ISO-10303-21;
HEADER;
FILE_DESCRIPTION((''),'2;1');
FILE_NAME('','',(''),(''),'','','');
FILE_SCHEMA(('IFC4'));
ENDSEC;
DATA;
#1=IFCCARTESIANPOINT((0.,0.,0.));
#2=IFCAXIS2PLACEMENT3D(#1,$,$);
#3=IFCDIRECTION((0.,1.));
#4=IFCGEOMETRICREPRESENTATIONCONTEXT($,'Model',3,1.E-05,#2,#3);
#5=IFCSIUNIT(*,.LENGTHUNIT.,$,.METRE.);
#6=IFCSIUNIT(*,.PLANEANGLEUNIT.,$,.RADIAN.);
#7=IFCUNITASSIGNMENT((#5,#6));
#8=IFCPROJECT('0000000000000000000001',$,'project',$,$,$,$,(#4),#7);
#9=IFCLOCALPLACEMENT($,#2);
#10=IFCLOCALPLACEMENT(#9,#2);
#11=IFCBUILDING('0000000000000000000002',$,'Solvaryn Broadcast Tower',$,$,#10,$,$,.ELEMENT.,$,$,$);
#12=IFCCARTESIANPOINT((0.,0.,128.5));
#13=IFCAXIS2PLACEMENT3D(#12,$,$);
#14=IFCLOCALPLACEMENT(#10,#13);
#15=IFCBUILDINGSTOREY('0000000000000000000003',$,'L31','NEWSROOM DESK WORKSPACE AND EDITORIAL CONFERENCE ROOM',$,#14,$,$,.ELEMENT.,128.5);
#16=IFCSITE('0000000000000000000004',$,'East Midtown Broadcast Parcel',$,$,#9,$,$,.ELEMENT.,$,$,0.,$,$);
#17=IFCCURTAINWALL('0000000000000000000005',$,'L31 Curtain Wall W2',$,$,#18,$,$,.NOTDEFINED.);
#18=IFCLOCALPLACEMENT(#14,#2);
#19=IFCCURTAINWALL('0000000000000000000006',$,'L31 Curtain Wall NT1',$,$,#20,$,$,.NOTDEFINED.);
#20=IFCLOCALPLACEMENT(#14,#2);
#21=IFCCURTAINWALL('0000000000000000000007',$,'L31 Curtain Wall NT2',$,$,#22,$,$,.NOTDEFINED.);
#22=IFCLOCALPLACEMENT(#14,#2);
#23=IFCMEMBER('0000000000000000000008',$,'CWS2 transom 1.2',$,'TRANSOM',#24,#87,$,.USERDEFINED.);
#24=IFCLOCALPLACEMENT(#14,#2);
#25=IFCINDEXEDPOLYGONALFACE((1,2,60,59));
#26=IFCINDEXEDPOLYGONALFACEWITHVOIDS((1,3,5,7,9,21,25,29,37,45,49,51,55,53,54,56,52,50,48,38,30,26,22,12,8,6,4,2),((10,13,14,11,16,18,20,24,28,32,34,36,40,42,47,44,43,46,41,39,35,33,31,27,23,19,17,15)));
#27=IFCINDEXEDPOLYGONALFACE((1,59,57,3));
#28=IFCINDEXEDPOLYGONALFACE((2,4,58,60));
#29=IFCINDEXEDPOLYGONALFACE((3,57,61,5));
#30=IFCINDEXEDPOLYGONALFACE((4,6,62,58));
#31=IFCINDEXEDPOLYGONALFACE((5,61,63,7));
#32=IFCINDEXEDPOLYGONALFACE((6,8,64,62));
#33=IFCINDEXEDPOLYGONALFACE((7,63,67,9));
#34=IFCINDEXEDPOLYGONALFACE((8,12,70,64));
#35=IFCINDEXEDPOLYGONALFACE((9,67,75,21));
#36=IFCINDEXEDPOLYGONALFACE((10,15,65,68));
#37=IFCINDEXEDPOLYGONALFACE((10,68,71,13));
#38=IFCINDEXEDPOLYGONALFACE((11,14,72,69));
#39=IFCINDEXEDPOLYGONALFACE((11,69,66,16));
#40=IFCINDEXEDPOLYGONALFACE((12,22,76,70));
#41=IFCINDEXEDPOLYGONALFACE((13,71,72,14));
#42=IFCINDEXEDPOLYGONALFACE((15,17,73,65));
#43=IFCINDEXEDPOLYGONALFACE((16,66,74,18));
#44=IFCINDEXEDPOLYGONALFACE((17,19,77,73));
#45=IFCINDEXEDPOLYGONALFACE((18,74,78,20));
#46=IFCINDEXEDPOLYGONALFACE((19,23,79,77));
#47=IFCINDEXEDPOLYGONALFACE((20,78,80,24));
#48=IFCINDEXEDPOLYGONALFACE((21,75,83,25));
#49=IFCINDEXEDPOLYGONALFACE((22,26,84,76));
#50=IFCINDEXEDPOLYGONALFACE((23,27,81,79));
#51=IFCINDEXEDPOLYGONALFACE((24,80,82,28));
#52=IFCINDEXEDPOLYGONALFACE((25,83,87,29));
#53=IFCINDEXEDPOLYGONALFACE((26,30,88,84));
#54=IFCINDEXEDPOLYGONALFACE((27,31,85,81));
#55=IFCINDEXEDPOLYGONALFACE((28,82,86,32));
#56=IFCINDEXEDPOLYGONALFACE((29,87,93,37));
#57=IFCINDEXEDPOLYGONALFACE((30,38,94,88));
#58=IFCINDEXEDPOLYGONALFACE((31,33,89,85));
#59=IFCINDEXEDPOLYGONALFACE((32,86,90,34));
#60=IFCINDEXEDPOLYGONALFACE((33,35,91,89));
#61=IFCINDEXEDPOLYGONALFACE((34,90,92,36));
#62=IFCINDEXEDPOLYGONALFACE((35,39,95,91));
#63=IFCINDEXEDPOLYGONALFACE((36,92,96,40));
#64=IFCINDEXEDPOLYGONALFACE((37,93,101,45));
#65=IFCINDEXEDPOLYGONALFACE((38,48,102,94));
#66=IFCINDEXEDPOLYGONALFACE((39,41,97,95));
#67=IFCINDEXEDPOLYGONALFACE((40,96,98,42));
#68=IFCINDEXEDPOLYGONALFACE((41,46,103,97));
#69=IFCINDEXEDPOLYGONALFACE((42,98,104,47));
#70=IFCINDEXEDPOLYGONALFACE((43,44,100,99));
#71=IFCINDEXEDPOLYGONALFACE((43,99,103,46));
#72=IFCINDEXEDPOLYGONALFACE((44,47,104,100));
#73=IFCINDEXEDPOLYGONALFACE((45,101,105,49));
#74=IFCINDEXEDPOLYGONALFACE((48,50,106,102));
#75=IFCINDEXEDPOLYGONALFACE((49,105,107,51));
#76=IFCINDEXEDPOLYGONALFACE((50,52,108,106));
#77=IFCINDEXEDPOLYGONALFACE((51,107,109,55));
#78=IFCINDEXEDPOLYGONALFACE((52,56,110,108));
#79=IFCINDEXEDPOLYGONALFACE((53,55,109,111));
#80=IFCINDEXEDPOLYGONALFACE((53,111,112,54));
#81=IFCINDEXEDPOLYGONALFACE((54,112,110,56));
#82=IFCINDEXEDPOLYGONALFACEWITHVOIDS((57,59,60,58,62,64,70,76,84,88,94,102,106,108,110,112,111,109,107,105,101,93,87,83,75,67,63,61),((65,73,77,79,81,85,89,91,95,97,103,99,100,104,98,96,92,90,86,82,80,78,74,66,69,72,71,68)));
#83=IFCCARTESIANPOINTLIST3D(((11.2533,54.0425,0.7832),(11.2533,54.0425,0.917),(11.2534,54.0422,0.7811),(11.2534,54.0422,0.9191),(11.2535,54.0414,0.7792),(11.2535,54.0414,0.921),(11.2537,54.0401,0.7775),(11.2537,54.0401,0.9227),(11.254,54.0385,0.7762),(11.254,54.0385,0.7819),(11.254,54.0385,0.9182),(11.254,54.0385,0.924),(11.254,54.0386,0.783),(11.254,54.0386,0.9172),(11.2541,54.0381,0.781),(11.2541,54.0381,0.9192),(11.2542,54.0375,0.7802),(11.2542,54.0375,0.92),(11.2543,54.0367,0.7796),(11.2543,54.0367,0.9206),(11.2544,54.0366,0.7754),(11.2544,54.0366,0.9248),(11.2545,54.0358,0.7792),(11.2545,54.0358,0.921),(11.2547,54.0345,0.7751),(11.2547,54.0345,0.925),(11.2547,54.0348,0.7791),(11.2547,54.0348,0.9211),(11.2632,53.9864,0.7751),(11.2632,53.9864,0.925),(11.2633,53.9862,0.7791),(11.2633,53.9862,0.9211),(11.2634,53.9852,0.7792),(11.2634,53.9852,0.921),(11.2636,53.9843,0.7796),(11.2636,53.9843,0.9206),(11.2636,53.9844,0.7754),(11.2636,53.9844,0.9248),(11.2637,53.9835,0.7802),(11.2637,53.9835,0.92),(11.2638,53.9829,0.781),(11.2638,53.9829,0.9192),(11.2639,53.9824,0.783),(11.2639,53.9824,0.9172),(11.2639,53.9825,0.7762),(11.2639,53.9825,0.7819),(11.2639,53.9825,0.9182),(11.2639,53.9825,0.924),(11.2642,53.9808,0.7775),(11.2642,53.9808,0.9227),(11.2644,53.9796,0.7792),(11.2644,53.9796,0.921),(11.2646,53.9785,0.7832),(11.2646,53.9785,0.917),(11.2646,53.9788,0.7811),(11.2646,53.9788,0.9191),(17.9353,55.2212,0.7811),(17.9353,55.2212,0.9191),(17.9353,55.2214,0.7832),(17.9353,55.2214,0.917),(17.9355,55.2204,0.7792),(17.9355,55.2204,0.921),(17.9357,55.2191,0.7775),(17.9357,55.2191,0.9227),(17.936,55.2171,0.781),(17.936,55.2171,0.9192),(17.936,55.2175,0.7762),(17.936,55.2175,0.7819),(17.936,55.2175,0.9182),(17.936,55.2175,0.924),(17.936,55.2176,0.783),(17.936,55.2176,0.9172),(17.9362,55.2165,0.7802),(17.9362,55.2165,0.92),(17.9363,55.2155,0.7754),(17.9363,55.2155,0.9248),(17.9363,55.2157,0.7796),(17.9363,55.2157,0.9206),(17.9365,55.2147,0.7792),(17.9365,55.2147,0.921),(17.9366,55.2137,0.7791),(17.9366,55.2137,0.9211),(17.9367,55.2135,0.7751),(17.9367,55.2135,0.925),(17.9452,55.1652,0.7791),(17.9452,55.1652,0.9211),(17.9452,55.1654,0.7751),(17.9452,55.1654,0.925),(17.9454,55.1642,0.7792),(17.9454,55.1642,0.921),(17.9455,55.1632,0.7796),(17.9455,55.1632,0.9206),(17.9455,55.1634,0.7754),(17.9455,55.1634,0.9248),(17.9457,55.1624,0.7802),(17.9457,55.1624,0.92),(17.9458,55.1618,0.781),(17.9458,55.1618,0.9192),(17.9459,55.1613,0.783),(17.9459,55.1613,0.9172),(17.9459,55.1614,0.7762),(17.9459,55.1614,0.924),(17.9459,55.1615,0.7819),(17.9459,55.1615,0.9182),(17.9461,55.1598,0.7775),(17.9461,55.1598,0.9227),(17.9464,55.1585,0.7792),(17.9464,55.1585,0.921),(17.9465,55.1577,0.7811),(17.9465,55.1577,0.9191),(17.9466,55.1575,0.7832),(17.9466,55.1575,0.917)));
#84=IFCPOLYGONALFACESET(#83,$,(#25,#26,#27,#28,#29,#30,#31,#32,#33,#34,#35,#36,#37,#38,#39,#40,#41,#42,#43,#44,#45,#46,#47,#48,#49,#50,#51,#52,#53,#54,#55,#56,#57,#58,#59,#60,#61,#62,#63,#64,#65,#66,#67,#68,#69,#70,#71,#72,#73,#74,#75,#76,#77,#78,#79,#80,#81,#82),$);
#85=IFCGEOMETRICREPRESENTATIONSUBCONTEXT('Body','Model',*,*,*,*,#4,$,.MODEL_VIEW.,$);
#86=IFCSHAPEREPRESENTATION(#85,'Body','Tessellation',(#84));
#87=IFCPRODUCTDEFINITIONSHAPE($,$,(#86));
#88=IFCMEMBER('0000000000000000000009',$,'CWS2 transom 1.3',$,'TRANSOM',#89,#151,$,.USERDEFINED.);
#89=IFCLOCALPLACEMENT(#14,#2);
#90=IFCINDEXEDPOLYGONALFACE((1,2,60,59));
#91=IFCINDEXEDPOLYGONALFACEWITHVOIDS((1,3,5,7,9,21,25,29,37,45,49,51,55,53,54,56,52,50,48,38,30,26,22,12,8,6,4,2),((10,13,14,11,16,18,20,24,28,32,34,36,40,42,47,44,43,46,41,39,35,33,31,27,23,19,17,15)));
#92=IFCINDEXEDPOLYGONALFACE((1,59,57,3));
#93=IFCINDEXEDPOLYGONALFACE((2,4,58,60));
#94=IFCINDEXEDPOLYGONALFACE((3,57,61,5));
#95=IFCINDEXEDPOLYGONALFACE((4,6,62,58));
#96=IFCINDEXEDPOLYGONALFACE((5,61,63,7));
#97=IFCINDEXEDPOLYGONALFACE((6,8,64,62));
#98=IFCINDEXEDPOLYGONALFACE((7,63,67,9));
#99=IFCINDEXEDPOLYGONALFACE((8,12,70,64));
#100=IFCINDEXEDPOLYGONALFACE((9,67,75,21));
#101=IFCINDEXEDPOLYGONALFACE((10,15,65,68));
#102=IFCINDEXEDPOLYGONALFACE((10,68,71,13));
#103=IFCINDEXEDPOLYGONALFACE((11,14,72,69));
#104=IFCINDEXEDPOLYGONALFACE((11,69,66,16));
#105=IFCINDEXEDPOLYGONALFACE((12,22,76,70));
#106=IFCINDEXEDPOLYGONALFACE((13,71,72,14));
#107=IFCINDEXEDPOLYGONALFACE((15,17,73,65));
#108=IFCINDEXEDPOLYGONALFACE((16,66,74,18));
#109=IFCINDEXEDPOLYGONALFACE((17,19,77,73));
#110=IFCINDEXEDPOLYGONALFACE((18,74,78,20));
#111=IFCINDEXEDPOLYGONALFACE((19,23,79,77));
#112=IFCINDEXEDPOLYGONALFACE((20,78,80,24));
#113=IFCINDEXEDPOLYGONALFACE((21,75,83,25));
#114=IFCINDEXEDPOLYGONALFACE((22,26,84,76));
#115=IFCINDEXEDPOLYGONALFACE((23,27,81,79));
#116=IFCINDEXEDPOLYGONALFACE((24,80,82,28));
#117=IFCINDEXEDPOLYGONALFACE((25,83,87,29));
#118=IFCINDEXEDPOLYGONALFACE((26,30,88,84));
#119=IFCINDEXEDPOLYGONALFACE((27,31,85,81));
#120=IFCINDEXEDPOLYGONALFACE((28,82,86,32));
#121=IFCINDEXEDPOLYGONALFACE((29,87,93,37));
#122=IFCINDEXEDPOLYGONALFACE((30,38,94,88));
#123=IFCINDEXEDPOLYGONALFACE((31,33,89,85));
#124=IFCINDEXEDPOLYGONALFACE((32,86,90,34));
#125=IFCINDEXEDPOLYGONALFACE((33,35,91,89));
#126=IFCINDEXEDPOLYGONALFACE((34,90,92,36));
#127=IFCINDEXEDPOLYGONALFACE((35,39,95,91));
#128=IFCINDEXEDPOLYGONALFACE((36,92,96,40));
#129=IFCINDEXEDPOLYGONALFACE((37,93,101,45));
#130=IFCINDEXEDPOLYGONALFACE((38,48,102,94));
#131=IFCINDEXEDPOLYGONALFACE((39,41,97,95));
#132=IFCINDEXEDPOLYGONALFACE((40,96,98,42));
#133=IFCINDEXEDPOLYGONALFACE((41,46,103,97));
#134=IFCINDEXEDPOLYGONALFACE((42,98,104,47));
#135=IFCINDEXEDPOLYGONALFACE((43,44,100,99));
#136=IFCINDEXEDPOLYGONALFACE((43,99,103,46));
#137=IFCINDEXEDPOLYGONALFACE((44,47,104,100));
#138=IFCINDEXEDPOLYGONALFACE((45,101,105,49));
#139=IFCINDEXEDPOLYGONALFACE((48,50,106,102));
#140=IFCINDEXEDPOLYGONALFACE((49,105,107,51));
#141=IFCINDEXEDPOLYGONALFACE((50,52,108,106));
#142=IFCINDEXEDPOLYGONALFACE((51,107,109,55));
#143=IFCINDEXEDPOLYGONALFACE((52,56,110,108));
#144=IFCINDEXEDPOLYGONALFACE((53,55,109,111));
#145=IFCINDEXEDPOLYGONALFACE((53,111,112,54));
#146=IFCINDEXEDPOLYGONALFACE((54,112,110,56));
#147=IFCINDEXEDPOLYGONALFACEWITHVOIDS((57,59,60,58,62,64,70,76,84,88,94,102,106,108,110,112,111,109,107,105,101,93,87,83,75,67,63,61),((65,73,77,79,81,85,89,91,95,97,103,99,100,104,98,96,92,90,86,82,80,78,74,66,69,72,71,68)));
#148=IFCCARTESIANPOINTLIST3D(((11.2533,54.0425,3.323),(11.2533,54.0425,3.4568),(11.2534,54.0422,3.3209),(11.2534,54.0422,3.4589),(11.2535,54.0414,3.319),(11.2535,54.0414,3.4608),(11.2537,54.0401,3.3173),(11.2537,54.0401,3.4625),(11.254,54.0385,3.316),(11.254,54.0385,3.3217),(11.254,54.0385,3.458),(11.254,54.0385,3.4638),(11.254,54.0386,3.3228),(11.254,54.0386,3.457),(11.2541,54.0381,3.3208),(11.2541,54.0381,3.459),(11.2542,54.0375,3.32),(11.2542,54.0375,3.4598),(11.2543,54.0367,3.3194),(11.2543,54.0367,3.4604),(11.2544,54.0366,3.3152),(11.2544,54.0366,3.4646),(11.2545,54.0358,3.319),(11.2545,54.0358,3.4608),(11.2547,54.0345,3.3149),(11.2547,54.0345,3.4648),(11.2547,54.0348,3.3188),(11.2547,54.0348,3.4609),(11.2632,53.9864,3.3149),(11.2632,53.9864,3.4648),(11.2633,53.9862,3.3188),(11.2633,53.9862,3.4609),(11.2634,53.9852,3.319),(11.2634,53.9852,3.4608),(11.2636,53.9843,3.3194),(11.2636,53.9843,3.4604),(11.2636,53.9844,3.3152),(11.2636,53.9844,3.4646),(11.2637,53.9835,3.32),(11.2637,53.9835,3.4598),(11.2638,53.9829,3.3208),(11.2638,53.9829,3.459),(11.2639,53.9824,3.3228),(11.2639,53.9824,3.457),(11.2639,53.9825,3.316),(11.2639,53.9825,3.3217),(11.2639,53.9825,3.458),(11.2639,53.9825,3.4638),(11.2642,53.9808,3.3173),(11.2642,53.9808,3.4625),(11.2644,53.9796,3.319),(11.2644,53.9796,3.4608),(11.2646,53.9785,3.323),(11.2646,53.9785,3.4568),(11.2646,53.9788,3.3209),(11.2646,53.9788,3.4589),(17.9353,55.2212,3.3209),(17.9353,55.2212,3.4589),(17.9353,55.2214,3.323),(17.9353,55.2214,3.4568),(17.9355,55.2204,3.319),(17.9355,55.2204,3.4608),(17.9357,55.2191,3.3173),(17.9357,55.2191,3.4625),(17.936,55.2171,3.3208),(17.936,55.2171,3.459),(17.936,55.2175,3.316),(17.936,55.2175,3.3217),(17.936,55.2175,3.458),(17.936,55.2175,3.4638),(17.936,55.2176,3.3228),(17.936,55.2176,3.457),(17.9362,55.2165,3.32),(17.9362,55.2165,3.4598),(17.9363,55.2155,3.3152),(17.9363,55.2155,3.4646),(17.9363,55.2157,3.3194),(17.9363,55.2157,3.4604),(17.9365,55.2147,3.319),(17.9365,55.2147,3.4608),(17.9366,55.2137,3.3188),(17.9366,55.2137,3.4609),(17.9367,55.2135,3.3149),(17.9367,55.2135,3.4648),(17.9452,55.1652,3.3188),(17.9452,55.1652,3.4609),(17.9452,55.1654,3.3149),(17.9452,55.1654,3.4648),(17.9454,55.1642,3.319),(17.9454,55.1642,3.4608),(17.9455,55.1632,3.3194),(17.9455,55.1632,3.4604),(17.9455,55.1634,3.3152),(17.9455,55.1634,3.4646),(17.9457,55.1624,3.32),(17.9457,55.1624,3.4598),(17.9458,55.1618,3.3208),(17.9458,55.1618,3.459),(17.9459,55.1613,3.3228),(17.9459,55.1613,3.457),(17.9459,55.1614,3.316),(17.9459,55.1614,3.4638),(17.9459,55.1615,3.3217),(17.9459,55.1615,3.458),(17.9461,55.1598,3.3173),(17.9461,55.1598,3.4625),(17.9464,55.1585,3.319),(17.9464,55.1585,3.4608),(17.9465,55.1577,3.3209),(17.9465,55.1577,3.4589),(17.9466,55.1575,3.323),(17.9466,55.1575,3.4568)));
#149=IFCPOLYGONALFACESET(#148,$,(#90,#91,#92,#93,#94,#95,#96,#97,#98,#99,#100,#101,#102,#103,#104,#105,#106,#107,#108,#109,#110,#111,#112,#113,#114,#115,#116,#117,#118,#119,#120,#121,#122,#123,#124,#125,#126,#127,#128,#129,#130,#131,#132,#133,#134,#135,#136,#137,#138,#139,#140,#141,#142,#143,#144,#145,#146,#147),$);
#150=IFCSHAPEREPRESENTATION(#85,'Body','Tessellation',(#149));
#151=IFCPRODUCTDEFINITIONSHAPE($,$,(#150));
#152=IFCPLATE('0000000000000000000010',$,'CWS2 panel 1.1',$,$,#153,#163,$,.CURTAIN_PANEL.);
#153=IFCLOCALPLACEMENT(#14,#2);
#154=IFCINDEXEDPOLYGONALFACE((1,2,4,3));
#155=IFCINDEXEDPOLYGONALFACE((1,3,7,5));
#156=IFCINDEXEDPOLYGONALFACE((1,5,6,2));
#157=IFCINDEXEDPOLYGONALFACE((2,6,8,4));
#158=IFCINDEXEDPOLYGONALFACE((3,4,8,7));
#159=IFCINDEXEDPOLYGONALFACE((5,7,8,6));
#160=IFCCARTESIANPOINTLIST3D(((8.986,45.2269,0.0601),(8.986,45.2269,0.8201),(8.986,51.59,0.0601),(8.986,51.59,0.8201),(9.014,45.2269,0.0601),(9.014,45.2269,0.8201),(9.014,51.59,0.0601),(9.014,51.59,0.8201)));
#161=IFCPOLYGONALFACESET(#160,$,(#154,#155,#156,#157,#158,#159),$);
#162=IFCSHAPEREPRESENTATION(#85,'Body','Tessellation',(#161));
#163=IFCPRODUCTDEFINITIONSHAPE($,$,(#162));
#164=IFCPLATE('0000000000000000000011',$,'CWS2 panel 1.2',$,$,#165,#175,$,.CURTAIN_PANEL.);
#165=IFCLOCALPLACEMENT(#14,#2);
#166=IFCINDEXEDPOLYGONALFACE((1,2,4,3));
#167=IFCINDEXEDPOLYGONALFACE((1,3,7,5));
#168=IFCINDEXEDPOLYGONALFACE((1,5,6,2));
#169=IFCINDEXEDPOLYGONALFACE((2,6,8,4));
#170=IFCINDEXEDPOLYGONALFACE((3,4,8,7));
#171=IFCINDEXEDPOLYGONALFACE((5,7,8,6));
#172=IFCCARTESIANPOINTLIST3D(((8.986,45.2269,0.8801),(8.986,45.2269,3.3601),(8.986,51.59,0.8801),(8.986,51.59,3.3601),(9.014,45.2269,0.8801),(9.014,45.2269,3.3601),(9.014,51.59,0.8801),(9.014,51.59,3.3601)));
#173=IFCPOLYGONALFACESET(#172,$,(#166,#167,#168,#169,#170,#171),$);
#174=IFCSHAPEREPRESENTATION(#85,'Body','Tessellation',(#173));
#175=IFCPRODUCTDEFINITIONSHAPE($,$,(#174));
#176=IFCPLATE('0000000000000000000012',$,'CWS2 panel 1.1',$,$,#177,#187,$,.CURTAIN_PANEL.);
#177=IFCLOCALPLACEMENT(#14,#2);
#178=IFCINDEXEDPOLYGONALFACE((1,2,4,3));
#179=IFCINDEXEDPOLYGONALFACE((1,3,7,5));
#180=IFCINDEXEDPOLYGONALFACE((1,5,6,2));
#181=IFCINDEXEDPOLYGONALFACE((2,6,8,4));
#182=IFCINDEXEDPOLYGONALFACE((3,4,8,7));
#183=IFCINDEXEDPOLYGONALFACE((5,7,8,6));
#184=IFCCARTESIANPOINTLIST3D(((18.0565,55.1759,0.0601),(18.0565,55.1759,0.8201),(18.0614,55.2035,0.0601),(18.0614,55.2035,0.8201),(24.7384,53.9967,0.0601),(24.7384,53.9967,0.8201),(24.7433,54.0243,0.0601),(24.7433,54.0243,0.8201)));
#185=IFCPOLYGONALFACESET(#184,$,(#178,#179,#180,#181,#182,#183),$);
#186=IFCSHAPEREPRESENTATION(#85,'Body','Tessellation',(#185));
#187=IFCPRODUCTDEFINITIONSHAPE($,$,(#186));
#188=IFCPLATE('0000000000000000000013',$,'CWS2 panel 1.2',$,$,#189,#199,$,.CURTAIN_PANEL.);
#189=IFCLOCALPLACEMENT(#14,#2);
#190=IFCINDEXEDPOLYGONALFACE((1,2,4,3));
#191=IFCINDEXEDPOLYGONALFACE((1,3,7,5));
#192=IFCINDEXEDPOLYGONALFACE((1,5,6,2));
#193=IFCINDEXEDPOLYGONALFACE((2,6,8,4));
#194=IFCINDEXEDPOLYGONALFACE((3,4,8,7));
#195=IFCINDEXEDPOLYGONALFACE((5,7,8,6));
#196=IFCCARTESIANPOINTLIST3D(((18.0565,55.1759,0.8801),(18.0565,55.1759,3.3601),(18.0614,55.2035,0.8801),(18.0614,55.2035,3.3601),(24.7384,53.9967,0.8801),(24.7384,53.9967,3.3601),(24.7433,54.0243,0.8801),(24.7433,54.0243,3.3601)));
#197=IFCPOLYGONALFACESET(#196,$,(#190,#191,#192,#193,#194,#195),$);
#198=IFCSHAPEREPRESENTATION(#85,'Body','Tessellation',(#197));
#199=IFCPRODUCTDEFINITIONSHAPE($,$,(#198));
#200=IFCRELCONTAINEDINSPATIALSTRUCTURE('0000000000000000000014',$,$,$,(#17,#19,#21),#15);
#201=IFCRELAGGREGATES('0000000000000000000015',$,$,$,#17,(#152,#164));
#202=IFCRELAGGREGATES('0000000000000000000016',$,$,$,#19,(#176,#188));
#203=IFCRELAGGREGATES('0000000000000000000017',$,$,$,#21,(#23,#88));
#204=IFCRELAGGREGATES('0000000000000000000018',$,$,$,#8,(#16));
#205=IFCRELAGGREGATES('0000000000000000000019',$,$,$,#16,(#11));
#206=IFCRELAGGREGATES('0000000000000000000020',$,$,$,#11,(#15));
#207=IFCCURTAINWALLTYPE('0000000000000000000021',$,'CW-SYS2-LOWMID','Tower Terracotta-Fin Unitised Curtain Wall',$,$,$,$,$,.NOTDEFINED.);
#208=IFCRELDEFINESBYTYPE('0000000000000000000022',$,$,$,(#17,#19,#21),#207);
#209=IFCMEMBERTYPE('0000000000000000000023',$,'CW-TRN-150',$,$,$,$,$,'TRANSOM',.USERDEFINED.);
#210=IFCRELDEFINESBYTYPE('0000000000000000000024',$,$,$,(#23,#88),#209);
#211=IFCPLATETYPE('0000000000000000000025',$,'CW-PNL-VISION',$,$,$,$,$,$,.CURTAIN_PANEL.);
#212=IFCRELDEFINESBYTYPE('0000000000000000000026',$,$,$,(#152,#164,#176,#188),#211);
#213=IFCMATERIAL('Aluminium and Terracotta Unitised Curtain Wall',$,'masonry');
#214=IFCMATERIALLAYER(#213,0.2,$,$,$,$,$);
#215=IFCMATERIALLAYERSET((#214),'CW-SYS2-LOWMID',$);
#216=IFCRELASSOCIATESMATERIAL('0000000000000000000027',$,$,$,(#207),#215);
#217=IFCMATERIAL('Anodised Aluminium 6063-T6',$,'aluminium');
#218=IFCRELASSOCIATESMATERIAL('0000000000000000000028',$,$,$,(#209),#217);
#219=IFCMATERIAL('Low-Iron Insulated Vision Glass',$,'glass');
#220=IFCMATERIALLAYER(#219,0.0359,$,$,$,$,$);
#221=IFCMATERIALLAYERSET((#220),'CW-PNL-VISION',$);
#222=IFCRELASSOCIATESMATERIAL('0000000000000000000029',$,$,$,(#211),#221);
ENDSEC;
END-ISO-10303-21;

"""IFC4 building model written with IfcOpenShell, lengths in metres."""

from ifc_helpers import new_model, si_unit, direction, frame, origin, origin_2d, place, context, subcontext, project, spatial, rectangle, hollow_rectangle, extrude, material, layer, layer_set, material_profile, profile_set, type_object, element, aggregate, save


model = new_model("IFC4")

# Units and contexts
model_context = context("Model", 3, precision=1e-05, world=origin(), true_north=direction((0.0, 1.0)))
body_context = subcontext(model_context, "Body", "Model", "MODEL_VIEW")
ifc_project = project(units=[si_unit("LENGTHUNIT", "METRE"), si_unit("PLANEANGLEUNIT", "RADIAN")], contexts=[model_context])

# Site, building, storey
site_placement = place(None, origin())
site = spatial("IfcSite", under=ifc_project, at=site_placement, Name="East Midtown Broadcast Parcel", CompositionType="ELEMENT", RefElevation=0.0)
building_placement = place(site_placement, origin())
building = spatial("IfcBuilding", under=site, at=building_placement, Name="Solvaryn Broadcast Tower", CompositionType="ELEMENT")
storey_placement = place(building_placement, frame((0.0, 0.0, 128.5)))
storey = spatial("IfcBuildingStorey", under=building, at=storey_placement, Name="L31", Description="NEWSROOM DESK WORKSPACE AND EDITORIAL CONFERENCE ROOM", CompositionType="ELEMENT", Elevation=128.5)

# Curtain walls
ifc_material_1 = material(Name="Aluminium and Terracotta Unitised Curtain Wall", Category="masonry")
ifc_layer_1 = layer(ifc_material_1, 0.2)
ifc_layer_set_1 = layer_set([ifc_layer_1], Name="CW-SYS2-LOWMID")
curtain_wall_type = type_object("IfcCurtainWallType", Name="CW-SYS2-LOWMID", Description="Tower Terracotta-Fin Unitised Curtain Wall", PredefinedType="NOTDEFINED", material=ifc_layer_set_1)
curtain_wall_1_placement = place(storey_placement, origin())
curtain_wall_1 = element("IfcCurtainWall", 1, at=curtain_wall_1_placement, inside=storey, type_object=curtain_wall_type, Name="L31 Curtain Wall W2", PredefinedType="NOTDEFINED")
curtain_wall_2_placement = place(storey_placement, origin())
curtain_wall_2 = element("IfcCurtainWall", 2, at=curtain_wall_2_placement, inside=storey, type_object=curtain_wall_type, Name="L31 Curtain Wall NT1", PredefinedType="NOTDEFINED")

# Curtain wall
curtain_wall_3_placement = place(storey_placement, origin())
curtain_wall_3 = element("IfcCurtainWall", 3, at=curtain_wall_3_placement, inside=storey, type_object=curtain_wall_type, Name="L31 Curtain Wall NT2", PredefinedType="NOTDEFINED")

# Members
ifc_material_2 = material(Name="Anodised Aluminium 6063-T6", Category="aluminium")
ifc_material_profile_1 = material_profile(ifc_material_2, hollow_rectangle(XDim=0.0649, YDim=0.1499, WallThickness=0.0039, InnerFilletRadius=0.0039, OuterFilletRadius=0.0081, at=origin_2d()))
ifc_profile_set_1 = profile_set([ifc_material_profile_1], Name="Anodised Aluminium 6063-T6")
member_type_1 = type_object("IfcMemberType", Name="CW-TRN-150", ElementType="TRANSOM", PredefinedType="USERDEFINED", material=ifc_profile_set_1)
member_1_placement = place(storey_placement, frame((17.9409, 55.1895, 0.8501), z_axis=(-0.984789, -0.173757, 0.0), x_axis=(0.173757, -0.984789, 0.0)))
member_1 = element("IfcMember", 4, at=member_1_placement, type_object=member_type_1, Name="CWS2 transom 1.2", ObjectType="TRANSOM", PredefinedType="USERDEFINED", context=body_context, shape_type="SweptSolid", body=[
    extrude(hollow_rectangle(XDim=0.0649, YDim=0.1499, WallThickness=0.0039, InnerFilletRadius=0.0039, OuterFilletRadius=0.0081, at=origin_2d()), origin(), (0.0, 0.0, 1.0), 6.7852),
])
member_2_placement = place(storey_placement, frame((17.9409, 55.1895, 3.3899), z_axis=(-0.984789, -0.173757, 0.0), x_axis=(0.173757, -0.984789, 0.0)))
member_2 = element("IfcMember", 5, at=member_2_placement, type_object=member_type_1, Name="CWS2 transom 1.3", ObjectType="TRANSOM", PredefinedType="USERDEFINED", context=body_context, shape_type="SweptSolid", body=[
    extrude(hollow_rectangle(XDim=0.0649, YDim=0.1499, WallThickness=0.0039, InnerFilletRadius=0.0039, OuterFilletRadius=0.0081, at=origin_2d()), origin(), (0.0, 0.0, 1.0), 6.7852),
])

# Plates
ifc_material_3 = material(Name="Low-Iron Insulated Vision Glass", Category="glass")
ifc_layer_2 = layer(ifc_material_3, 0.0359)
ifc_layer_set_2 = layer_set([ifc_layer_2], Name="CW-PNL-VISION")
plate_type = type_object("IfcPlateType", Name="CW-PNL-VISION", PredefinedType="CURTAIN_PANEL", material=ifc_layer_set_2)
plate_1_placement = place(storey_placement, frame((9.0, 48.4084, 0.0601), z_axis=(0.0, 0.0, 1.0), x_axis=(0.0, 1.0, 0.0)))
plate_1 = element("IfcPlate", 6, at=plate_1_placement, type_object=plate_type, Name="CWS2 panel 1.1", PredefinedType="CURTAIN_PANEL", context=body_context, shape_type="SweptSolid", body=[
    extrude(rectangle(XDim=6.363, YDim=0.0281, at=origin_2d()), origin(), (0.0, 0.0, 1.0), 0.76),
])
plate_2_placement = place(storey_placement, frame((9.0, 48.4084, 0.8801), z_axis=(0.0, 0.0, 1.0), x_axis=(0.0, 1.0, 0.0)))
plate_2 = element("IfcPlate", 7, at=plate_2_placement, type_object=plate_type, Name="CWS2 panel 1.2", PredefinedType="CURTAIN_PANEL", context=body_context, shape_type="SweptSolid", body=[
    extrude(rectangle(XDim=6.363, YDim=0.0281, at=origin_2d()), origin(), (0.0, 0.0, 1.0), 2.48),
])
aggregate(curtain_wall_1, [plate_1, plate_2])
plate_3_placement = place(storey_placement, frame((21.3999, 54.6001, 0.0601), z_axis=(0.0, 0.0, 1.0), x_axis=(-0.984784, 0.173785, 0.0)))
plate_3 = element("IfcPlate", 8, at=plate_3_placement, type_object=plate_type, Name="CWS2 panel 1.1", PredefinedType="CURTAIN_PANEL", context=body_context, shape_type="SweptSolid", body=[
    extrude(rectangle(XDim=6.7852, YDim=0.0281, at=origin_2d()), origin(), (0.0, 0.0, 1.0), 0.76),
])
plate_4_placement = place(storey_placement, frame((21.3999, 54.6001, 0.8801), z_axis=(0.0, 0.0, 1.0), x_axis=(-0.984784, 0.173785, 0.0)))
plate_4 = element("IfcPlate", 9, at=plate_4_placement, type_object=plate_type, Name="CWS2 panel 1.2", PredefinedType="CURTAIN_PANEL", context=body_context, shape_type="SweptSolid", body=[
    extrude(rectangle(XDim=6.7852, YDim=0.0281, at=origin_2d()), origin(), (0.0, 0.0, 1.0), 2.48),
])
aggregate(curtain_wall_2, [plate_3, plate_4])
aggregate(curtain_wall_3, [member_1, member_2])

save(model, "model.ifc")
